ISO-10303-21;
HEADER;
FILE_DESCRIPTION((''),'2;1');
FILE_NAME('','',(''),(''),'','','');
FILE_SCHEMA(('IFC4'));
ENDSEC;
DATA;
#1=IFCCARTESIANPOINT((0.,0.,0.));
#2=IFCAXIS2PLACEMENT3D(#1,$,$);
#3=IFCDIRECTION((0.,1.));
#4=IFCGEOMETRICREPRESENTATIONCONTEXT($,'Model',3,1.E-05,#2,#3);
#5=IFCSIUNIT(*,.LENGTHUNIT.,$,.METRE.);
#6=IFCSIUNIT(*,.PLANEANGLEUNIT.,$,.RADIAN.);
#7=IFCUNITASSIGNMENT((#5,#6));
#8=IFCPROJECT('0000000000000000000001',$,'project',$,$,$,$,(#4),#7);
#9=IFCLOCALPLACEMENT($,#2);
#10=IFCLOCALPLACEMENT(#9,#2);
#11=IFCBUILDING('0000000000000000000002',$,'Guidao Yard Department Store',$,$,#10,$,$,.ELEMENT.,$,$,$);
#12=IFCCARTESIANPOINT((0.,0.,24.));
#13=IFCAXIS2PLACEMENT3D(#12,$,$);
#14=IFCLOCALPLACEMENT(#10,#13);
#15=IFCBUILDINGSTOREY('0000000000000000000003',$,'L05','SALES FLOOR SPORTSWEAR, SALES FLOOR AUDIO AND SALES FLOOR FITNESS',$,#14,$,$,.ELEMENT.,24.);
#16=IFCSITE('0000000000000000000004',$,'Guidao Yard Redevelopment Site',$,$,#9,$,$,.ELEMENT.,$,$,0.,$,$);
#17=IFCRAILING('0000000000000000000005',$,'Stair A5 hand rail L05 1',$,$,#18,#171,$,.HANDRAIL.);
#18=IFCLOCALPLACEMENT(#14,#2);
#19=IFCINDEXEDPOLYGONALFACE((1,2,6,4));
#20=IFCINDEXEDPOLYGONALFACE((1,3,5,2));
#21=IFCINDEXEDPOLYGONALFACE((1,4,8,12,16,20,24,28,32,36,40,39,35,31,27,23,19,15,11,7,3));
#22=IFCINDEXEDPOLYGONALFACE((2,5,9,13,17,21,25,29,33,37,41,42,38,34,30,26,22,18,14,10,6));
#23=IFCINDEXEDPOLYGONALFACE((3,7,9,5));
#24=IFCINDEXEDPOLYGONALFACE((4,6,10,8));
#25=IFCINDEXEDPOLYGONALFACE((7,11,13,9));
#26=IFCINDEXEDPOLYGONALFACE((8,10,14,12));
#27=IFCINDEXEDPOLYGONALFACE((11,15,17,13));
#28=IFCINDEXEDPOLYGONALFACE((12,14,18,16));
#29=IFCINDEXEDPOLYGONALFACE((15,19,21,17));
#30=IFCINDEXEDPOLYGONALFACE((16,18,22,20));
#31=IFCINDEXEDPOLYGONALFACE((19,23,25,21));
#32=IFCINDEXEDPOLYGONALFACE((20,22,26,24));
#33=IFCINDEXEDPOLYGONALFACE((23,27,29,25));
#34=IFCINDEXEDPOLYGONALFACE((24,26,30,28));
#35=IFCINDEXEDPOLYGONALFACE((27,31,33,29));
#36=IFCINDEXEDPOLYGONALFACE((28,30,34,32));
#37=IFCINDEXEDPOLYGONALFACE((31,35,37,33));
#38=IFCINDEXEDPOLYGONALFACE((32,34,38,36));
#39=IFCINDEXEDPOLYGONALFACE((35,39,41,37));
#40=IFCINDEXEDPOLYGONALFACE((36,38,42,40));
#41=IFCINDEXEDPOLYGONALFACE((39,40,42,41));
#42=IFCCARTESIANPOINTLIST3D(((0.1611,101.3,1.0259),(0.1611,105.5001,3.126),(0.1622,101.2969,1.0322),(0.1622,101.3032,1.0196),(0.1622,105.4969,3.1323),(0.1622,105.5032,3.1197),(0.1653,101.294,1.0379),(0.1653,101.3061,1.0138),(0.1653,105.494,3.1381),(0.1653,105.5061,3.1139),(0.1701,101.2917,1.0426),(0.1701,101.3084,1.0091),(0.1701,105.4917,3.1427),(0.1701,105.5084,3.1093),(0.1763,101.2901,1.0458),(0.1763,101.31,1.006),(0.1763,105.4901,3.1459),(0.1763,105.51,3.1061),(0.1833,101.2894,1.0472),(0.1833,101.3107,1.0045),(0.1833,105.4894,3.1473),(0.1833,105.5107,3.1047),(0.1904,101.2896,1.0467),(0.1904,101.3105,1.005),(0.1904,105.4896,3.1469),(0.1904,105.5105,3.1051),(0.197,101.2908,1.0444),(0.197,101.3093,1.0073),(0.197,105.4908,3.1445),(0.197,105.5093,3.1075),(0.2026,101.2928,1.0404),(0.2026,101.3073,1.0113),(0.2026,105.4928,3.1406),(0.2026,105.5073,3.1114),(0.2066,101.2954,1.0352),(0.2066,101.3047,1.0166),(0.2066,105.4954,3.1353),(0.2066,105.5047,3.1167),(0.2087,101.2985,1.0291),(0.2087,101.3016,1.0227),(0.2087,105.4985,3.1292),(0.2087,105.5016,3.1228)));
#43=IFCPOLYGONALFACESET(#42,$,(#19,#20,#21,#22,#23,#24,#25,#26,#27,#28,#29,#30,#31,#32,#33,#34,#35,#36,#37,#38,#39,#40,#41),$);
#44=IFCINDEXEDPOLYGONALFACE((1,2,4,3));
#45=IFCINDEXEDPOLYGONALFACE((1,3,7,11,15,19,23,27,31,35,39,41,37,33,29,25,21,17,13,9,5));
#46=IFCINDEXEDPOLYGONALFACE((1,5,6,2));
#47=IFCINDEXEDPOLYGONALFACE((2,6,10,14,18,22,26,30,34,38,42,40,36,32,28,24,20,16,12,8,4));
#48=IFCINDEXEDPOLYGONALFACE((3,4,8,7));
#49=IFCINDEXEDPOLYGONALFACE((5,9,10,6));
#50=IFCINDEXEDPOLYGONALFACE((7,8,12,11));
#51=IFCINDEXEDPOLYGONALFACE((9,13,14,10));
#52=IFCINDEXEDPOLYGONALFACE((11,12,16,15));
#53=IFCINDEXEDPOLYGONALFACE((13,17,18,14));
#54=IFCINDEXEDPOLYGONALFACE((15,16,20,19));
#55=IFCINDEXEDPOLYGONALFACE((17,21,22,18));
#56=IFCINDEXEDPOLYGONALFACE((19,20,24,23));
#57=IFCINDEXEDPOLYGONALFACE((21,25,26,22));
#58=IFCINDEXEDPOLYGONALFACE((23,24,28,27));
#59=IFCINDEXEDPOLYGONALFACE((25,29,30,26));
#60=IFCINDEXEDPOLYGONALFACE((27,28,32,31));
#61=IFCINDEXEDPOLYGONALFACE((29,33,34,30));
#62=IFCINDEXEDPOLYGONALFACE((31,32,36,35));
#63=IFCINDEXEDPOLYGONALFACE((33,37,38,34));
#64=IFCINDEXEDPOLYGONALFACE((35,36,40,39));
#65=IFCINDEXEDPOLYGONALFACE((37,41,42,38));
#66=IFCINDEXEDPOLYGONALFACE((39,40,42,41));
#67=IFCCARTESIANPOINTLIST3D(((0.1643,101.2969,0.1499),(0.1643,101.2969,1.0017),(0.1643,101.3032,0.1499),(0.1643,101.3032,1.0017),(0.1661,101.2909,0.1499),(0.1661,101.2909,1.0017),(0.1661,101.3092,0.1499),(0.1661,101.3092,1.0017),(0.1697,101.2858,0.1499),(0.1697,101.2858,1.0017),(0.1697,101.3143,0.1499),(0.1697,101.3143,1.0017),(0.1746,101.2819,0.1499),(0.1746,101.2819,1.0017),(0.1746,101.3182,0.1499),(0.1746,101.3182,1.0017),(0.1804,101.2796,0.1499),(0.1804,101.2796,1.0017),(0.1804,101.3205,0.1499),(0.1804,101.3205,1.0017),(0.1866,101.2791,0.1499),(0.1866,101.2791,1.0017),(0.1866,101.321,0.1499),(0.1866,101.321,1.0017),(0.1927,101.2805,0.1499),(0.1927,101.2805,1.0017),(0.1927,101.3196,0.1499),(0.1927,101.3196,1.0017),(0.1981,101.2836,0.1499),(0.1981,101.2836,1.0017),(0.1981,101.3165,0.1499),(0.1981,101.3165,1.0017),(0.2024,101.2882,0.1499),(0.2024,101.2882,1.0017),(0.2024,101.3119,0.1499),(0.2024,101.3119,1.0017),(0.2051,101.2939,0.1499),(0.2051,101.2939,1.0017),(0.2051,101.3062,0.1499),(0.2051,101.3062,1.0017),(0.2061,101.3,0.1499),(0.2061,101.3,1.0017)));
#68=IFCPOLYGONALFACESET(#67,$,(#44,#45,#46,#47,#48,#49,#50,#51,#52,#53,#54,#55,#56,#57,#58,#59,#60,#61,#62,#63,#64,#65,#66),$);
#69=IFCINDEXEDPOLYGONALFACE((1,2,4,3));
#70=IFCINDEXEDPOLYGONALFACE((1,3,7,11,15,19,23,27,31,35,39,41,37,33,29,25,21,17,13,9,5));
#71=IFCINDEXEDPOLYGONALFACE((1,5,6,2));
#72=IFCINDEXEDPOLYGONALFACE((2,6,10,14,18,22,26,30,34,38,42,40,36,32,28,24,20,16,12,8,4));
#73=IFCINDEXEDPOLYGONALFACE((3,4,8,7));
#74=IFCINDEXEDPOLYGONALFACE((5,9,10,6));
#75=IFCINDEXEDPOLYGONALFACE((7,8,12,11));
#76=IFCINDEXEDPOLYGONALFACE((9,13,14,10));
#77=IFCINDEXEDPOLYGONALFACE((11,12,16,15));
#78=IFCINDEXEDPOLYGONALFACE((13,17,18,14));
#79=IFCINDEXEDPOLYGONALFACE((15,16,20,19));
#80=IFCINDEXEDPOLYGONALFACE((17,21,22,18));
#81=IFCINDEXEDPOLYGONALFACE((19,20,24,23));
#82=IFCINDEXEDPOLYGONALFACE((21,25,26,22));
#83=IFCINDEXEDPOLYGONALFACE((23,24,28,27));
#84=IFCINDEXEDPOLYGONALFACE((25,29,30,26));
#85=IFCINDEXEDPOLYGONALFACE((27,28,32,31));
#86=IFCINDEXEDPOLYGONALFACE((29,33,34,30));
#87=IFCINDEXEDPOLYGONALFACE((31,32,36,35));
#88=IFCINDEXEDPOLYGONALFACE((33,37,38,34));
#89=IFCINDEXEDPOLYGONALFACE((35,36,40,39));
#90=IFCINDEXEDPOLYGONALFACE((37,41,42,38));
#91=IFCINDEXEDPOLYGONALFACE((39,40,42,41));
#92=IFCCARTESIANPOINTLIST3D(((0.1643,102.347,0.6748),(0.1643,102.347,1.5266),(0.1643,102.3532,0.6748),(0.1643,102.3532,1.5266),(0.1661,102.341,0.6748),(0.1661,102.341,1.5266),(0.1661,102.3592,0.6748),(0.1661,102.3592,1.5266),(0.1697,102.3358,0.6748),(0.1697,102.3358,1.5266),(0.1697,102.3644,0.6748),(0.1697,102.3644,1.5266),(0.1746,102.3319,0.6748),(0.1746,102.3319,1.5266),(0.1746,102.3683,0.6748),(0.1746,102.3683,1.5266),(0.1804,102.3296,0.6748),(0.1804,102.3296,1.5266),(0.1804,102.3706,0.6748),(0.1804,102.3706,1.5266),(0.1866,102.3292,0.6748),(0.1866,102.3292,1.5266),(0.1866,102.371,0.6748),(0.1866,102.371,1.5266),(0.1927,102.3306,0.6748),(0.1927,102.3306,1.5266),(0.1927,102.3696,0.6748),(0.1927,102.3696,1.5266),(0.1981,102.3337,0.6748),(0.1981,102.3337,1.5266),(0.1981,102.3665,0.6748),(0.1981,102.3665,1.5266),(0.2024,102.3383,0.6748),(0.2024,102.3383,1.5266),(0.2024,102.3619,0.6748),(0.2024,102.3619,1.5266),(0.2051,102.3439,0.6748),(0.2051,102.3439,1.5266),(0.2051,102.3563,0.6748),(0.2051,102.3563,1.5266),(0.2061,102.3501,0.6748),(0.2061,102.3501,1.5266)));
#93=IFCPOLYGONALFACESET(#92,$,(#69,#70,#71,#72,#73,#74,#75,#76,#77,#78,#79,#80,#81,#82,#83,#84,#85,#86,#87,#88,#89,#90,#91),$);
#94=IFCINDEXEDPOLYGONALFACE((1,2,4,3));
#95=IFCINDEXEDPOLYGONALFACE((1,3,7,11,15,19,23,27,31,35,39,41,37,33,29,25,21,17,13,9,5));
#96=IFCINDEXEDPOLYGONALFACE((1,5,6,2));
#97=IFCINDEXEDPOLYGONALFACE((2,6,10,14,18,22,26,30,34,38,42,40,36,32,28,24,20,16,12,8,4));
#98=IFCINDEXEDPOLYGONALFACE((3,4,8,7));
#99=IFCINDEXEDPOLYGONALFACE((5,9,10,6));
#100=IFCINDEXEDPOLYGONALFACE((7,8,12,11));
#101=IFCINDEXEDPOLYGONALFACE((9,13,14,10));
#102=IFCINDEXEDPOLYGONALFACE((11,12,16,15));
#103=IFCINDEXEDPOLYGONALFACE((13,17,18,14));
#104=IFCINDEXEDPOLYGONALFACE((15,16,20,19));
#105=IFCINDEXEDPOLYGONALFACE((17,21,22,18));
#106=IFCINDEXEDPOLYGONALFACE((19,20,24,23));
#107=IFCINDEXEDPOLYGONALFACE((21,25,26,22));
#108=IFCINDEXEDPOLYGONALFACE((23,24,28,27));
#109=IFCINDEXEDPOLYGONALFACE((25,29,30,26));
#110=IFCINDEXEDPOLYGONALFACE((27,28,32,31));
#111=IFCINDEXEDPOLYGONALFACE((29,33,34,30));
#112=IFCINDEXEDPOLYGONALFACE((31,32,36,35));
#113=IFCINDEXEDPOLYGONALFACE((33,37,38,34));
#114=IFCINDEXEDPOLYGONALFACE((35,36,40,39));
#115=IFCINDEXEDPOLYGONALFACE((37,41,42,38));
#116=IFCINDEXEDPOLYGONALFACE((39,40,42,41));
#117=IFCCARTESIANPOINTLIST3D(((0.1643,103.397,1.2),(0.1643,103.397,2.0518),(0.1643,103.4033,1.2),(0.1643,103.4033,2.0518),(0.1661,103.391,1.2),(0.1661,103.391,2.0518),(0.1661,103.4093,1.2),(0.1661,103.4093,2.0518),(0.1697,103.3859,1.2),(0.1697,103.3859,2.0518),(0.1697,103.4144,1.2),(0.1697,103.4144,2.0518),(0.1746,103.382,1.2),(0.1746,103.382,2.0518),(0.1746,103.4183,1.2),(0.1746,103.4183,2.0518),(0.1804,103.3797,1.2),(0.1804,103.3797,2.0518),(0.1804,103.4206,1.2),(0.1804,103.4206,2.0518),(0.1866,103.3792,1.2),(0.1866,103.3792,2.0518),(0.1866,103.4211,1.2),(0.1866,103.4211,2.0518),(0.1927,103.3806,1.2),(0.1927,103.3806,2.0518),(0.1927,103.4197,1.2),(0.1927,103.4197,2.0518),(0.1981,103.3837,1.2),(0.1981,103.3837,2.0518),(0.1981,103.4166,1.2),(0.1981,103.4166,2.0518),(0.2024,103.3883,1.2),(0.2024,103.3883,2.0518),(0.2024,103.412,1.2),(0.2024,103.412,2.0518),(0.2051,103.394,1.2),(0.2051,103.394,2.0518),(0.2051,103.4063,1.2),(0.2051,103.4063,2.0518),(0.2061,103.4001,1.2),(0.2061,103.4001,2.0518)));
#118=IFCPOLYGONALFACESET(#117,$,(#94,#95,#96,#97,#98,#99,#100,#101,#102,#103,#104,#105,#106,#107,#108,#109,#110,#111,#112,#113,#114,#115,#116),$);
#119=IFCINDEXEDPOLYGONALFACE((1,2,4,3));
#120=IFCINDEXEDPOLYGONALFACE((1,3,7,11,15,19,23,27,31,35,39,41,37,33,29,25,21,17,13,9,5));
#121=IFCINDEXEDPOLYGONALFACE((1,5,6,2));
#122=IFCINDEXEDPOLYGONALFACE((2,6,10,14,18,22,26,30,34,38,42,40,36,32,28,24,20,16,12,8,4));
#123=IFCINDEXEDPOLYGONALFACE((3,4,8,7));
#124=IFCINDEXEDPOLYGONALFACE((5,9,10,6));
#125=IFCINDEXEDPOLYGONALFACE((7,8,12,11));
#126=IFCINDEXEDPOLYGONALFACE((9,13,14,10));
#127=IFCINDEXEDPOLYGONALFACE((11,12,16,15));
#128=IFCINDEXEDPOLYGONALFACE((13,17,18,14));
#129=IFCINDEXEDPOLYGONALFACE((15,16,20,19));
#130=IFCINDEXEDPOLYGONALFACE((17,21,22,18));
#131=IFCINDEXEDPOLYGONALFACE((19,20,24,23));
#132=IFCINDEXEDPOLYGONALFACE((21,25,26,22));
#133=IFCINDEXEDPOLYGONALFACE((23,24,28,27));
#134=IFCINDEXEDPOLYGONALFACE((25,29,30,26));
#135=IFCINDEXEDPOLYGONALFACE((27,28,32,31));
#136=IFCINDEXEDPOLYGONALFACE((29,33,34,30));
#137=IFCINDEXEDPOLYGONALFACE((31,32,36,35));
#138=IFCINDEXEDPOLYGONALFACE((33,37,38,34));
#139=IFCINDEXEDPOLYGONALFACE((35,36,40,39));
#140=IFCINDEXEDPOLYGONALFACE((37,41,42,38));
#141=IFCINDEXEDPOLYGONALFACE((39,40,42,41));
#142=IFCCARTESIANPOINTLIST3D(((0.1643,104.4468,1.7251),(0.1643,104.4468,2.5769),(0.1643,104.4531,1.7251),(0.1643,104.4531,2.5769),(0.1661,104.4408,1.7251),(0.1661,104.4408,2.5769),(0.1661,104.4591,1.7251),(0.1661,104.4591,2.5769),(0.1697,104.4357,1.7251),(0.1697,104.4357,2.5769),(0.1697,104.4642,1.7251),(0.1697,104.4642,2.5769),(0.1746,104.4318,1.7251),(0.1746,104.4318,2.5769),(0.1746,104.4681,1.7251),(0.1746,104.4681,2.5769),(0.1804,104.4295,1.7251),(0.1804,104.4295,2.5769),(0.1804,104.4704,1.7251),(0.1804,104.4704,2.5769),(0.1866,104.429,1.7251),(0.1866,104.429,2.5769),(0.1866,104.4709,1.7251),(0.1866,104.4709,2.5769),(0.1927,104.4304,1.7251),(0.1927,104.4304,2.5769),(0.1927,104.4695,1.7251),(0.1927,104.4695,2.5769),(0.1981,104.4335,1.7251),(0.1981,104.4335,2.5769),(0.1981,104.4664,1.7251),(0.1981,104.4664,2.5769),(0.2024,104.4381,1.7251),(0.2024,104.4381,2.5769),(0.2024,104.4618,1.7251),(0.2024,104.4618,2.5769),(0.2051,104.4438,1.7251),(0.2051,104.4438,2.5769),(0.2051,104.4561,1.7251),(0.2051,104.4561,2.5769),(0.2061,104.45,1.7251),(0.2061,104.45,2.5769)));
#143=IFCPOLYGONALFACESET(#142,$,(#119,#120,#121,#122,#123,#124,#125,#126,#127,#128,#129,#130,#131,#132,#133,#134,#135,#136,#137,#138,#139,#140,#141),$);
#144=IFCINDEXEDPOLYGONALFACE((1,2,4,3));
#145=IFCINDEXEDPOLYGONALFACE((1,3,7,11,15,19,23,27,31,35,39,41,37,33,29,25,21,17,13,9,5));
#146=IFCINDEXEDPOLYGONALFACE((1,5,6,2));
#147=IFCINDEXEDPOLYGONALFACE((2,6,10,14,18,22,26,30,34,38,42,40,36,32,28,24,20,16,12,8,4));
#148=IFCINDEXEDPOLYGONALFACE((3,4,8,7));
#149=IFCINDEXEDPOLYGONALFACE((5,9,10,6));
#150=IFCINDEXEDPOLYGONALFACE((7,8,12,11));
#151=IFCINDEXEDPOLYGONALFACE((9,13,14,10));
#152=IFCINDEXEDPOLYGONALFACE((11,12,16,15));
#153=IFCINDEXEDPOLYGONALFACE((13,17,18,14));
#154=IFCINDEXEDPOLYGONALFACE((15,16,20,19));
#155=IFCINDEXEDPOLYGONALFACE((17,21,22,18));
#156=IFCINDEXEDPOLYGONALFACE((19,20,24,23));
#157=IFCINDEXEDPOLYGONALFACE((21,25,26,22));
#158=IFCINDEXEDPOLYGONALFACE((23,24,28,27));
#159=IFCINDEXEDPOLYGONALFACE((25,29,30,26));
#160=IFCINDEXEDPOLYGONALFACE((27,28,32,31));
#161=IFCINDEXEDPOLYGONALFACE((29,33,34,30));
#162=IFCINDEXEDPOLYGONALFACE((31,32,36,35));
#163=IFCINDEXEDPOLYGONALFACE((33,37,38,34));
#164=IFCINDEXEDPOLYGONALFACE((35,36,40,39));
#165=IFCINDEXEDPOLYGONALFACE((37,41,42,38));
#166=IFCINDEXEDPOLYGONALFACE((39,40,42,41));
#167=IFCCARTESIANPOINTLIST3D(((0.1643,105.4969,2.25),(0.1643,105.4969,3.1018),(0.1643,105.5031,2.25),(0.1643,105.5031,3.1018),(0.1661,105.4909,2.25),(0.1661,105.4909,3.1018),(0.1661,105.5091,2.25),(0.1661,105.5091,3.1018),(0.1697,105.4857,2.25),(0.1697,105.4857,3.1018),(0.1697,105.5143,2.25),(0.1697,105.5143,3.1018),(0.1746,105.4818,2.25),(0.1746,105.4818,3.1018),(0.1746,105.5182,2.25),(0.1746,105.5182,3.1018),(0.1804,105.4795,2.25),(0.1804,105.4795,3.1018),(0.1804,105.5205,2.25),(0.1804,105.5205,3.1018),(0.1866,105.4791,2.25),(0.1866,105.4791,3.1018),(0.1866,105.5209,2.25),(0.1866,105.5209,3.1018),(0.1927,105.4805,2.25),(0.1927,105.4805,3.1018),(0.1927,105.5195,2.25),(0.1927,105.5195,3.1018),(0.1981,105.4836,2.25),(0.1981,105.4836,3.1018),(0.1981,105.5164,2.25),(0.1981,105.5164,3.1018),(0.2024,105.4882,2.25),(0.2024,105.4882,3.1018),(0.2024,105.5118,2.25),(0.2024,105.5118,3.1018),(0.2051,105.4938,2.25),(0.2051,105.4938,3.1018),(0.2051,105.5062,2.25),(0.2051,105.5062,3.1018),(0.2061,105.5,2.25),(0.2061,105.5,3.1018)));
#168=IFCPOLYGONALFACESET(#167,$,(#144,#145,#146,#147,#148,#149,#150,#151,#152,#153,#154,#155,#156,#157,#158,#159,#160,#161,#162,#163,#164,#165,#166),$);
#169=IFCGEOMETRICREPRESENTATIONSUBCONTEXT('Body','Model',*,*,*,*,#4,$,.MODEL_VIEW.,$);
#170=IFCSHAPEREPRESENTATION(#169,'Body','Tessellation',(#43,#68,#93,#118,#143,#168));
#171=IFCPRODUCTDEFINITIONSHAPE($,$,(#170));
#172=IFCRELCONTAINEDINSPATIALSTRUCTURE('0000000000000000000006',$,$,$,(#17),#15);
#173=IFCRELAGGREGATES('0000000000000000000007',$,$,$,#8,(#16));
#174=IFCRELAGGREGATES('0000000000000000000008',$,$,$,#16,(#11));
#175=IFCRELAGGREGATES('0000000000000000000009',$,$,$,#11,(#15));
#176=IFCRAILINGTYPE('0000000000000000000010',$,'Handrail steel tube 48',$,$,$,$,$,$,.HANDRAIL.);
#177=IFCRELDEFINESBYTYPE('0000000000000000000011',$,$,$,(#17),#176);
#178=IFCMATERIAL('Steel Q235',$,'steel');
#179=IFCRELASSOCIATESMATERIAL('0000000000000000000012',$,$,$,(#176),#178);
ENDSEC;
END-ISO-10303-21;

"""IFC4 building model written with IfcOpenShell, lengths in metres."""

from ifc_helpers import new_model, si_unit, direction, frame, origin, origin_2d, place, context, subcontext, project, spatial, circle, extrude, material, type_object, element, save


model = new_model("IFC4")

# Units and contexts
model_context = context("Model", 3, precision=1e-05, world=origin(), true_north=direction((0.0, 1.0)))
body_context = subcontext(model_context, "Body", "Model", "MODEL_VIEW")
ifc_project = project(units=[si_unit("LENGTHUNIT", "METRE"), si_unit("PLANEANGLEUNIT", "RADIAN")], contexts=[model_context])

# Site, building, storey
site_placement = place(None, origin())
site = spatial("IfcSite", under=ifc_project, at=site_placement, Name="Guidao Yard Redevelopment Site", CompositionType="ELEMENT", RefElevation=0.0)
building_placement = place(site_placement, origin())
building = spatial("IfcBuilding", under=site, at=building_placement, Name="Guidao Yard Department Store", CompositionType="ELEMENT")
storey_placement = place(building_placement, frame((0.0, 0.0, 24.0)))
storey = spatial("IfcBuildingStorey", under=building, at=storey_placement, Name="L05", Description="SALES FLOOR SPORTSWEAR, SALES FLOOR AUDIO AND SALES FLOOR FITNESS", CompositionType="ELEMENT", Elevation=24.0)

# Railing
ifc_material_1 = material(Name="Steel Q235", Category="steel")
railing_type_1 = type_object("IfcRailingType", Name="Handrail steel tube 48", PredefinedType="HANDRAIL", material=ifc_material_1)
for number, where, name in (
    (1, (0.1851, 101.3, 0.1499), "Stair A5 hand rail L05 1"),
):
    element("IfcRailing", number, at=place(storey_placement, frame(where)), inside=storey, type_object=railing_type_1, Name=name, PredefinedType="HANDRAIL", context=body_context, shape_type="SweptSolid", body=[
        extrude(circle(Radius=0.0239, at=origin_2d()), frame((0.0, 0.0, 0.876), z_axis=(0.0, 0.894417, 0.447234), x_axis=(-1.0, 0.0, 0.0)), (0.0, 0.0, 1.0), 4.6958),
        extrude(circle(Radius=0.021, at=origin_2d()), origin(), (0.0, 0.0, 1.0), 0.8518),
        extrude(circle(Radius=0.021, at=origin_2d()), frame((0.0, 1.05, 0.5249)), (0.0, 0.0, 1.0), 0.8518),
        extrude(circle(Radius=0.021, at=origin_2d()), frame((0.0, 2.1001, 1.05)), (0.0, 0.0, 1.0), 0.8518),
        extrude(circle(Radius=0.021, at=origin_2d()), frame((0.0, 3.1499, 1.5752)), (0.0, 0.0, 1.0), 0.8518),
        extrude(circle(Radius=0.021, at=origin_2d()), frame((0.0, 4.2, 2.1001)), (0.0, 0.0, 1.0), 0.8518),
    ])

save(model, "model.ifc")
